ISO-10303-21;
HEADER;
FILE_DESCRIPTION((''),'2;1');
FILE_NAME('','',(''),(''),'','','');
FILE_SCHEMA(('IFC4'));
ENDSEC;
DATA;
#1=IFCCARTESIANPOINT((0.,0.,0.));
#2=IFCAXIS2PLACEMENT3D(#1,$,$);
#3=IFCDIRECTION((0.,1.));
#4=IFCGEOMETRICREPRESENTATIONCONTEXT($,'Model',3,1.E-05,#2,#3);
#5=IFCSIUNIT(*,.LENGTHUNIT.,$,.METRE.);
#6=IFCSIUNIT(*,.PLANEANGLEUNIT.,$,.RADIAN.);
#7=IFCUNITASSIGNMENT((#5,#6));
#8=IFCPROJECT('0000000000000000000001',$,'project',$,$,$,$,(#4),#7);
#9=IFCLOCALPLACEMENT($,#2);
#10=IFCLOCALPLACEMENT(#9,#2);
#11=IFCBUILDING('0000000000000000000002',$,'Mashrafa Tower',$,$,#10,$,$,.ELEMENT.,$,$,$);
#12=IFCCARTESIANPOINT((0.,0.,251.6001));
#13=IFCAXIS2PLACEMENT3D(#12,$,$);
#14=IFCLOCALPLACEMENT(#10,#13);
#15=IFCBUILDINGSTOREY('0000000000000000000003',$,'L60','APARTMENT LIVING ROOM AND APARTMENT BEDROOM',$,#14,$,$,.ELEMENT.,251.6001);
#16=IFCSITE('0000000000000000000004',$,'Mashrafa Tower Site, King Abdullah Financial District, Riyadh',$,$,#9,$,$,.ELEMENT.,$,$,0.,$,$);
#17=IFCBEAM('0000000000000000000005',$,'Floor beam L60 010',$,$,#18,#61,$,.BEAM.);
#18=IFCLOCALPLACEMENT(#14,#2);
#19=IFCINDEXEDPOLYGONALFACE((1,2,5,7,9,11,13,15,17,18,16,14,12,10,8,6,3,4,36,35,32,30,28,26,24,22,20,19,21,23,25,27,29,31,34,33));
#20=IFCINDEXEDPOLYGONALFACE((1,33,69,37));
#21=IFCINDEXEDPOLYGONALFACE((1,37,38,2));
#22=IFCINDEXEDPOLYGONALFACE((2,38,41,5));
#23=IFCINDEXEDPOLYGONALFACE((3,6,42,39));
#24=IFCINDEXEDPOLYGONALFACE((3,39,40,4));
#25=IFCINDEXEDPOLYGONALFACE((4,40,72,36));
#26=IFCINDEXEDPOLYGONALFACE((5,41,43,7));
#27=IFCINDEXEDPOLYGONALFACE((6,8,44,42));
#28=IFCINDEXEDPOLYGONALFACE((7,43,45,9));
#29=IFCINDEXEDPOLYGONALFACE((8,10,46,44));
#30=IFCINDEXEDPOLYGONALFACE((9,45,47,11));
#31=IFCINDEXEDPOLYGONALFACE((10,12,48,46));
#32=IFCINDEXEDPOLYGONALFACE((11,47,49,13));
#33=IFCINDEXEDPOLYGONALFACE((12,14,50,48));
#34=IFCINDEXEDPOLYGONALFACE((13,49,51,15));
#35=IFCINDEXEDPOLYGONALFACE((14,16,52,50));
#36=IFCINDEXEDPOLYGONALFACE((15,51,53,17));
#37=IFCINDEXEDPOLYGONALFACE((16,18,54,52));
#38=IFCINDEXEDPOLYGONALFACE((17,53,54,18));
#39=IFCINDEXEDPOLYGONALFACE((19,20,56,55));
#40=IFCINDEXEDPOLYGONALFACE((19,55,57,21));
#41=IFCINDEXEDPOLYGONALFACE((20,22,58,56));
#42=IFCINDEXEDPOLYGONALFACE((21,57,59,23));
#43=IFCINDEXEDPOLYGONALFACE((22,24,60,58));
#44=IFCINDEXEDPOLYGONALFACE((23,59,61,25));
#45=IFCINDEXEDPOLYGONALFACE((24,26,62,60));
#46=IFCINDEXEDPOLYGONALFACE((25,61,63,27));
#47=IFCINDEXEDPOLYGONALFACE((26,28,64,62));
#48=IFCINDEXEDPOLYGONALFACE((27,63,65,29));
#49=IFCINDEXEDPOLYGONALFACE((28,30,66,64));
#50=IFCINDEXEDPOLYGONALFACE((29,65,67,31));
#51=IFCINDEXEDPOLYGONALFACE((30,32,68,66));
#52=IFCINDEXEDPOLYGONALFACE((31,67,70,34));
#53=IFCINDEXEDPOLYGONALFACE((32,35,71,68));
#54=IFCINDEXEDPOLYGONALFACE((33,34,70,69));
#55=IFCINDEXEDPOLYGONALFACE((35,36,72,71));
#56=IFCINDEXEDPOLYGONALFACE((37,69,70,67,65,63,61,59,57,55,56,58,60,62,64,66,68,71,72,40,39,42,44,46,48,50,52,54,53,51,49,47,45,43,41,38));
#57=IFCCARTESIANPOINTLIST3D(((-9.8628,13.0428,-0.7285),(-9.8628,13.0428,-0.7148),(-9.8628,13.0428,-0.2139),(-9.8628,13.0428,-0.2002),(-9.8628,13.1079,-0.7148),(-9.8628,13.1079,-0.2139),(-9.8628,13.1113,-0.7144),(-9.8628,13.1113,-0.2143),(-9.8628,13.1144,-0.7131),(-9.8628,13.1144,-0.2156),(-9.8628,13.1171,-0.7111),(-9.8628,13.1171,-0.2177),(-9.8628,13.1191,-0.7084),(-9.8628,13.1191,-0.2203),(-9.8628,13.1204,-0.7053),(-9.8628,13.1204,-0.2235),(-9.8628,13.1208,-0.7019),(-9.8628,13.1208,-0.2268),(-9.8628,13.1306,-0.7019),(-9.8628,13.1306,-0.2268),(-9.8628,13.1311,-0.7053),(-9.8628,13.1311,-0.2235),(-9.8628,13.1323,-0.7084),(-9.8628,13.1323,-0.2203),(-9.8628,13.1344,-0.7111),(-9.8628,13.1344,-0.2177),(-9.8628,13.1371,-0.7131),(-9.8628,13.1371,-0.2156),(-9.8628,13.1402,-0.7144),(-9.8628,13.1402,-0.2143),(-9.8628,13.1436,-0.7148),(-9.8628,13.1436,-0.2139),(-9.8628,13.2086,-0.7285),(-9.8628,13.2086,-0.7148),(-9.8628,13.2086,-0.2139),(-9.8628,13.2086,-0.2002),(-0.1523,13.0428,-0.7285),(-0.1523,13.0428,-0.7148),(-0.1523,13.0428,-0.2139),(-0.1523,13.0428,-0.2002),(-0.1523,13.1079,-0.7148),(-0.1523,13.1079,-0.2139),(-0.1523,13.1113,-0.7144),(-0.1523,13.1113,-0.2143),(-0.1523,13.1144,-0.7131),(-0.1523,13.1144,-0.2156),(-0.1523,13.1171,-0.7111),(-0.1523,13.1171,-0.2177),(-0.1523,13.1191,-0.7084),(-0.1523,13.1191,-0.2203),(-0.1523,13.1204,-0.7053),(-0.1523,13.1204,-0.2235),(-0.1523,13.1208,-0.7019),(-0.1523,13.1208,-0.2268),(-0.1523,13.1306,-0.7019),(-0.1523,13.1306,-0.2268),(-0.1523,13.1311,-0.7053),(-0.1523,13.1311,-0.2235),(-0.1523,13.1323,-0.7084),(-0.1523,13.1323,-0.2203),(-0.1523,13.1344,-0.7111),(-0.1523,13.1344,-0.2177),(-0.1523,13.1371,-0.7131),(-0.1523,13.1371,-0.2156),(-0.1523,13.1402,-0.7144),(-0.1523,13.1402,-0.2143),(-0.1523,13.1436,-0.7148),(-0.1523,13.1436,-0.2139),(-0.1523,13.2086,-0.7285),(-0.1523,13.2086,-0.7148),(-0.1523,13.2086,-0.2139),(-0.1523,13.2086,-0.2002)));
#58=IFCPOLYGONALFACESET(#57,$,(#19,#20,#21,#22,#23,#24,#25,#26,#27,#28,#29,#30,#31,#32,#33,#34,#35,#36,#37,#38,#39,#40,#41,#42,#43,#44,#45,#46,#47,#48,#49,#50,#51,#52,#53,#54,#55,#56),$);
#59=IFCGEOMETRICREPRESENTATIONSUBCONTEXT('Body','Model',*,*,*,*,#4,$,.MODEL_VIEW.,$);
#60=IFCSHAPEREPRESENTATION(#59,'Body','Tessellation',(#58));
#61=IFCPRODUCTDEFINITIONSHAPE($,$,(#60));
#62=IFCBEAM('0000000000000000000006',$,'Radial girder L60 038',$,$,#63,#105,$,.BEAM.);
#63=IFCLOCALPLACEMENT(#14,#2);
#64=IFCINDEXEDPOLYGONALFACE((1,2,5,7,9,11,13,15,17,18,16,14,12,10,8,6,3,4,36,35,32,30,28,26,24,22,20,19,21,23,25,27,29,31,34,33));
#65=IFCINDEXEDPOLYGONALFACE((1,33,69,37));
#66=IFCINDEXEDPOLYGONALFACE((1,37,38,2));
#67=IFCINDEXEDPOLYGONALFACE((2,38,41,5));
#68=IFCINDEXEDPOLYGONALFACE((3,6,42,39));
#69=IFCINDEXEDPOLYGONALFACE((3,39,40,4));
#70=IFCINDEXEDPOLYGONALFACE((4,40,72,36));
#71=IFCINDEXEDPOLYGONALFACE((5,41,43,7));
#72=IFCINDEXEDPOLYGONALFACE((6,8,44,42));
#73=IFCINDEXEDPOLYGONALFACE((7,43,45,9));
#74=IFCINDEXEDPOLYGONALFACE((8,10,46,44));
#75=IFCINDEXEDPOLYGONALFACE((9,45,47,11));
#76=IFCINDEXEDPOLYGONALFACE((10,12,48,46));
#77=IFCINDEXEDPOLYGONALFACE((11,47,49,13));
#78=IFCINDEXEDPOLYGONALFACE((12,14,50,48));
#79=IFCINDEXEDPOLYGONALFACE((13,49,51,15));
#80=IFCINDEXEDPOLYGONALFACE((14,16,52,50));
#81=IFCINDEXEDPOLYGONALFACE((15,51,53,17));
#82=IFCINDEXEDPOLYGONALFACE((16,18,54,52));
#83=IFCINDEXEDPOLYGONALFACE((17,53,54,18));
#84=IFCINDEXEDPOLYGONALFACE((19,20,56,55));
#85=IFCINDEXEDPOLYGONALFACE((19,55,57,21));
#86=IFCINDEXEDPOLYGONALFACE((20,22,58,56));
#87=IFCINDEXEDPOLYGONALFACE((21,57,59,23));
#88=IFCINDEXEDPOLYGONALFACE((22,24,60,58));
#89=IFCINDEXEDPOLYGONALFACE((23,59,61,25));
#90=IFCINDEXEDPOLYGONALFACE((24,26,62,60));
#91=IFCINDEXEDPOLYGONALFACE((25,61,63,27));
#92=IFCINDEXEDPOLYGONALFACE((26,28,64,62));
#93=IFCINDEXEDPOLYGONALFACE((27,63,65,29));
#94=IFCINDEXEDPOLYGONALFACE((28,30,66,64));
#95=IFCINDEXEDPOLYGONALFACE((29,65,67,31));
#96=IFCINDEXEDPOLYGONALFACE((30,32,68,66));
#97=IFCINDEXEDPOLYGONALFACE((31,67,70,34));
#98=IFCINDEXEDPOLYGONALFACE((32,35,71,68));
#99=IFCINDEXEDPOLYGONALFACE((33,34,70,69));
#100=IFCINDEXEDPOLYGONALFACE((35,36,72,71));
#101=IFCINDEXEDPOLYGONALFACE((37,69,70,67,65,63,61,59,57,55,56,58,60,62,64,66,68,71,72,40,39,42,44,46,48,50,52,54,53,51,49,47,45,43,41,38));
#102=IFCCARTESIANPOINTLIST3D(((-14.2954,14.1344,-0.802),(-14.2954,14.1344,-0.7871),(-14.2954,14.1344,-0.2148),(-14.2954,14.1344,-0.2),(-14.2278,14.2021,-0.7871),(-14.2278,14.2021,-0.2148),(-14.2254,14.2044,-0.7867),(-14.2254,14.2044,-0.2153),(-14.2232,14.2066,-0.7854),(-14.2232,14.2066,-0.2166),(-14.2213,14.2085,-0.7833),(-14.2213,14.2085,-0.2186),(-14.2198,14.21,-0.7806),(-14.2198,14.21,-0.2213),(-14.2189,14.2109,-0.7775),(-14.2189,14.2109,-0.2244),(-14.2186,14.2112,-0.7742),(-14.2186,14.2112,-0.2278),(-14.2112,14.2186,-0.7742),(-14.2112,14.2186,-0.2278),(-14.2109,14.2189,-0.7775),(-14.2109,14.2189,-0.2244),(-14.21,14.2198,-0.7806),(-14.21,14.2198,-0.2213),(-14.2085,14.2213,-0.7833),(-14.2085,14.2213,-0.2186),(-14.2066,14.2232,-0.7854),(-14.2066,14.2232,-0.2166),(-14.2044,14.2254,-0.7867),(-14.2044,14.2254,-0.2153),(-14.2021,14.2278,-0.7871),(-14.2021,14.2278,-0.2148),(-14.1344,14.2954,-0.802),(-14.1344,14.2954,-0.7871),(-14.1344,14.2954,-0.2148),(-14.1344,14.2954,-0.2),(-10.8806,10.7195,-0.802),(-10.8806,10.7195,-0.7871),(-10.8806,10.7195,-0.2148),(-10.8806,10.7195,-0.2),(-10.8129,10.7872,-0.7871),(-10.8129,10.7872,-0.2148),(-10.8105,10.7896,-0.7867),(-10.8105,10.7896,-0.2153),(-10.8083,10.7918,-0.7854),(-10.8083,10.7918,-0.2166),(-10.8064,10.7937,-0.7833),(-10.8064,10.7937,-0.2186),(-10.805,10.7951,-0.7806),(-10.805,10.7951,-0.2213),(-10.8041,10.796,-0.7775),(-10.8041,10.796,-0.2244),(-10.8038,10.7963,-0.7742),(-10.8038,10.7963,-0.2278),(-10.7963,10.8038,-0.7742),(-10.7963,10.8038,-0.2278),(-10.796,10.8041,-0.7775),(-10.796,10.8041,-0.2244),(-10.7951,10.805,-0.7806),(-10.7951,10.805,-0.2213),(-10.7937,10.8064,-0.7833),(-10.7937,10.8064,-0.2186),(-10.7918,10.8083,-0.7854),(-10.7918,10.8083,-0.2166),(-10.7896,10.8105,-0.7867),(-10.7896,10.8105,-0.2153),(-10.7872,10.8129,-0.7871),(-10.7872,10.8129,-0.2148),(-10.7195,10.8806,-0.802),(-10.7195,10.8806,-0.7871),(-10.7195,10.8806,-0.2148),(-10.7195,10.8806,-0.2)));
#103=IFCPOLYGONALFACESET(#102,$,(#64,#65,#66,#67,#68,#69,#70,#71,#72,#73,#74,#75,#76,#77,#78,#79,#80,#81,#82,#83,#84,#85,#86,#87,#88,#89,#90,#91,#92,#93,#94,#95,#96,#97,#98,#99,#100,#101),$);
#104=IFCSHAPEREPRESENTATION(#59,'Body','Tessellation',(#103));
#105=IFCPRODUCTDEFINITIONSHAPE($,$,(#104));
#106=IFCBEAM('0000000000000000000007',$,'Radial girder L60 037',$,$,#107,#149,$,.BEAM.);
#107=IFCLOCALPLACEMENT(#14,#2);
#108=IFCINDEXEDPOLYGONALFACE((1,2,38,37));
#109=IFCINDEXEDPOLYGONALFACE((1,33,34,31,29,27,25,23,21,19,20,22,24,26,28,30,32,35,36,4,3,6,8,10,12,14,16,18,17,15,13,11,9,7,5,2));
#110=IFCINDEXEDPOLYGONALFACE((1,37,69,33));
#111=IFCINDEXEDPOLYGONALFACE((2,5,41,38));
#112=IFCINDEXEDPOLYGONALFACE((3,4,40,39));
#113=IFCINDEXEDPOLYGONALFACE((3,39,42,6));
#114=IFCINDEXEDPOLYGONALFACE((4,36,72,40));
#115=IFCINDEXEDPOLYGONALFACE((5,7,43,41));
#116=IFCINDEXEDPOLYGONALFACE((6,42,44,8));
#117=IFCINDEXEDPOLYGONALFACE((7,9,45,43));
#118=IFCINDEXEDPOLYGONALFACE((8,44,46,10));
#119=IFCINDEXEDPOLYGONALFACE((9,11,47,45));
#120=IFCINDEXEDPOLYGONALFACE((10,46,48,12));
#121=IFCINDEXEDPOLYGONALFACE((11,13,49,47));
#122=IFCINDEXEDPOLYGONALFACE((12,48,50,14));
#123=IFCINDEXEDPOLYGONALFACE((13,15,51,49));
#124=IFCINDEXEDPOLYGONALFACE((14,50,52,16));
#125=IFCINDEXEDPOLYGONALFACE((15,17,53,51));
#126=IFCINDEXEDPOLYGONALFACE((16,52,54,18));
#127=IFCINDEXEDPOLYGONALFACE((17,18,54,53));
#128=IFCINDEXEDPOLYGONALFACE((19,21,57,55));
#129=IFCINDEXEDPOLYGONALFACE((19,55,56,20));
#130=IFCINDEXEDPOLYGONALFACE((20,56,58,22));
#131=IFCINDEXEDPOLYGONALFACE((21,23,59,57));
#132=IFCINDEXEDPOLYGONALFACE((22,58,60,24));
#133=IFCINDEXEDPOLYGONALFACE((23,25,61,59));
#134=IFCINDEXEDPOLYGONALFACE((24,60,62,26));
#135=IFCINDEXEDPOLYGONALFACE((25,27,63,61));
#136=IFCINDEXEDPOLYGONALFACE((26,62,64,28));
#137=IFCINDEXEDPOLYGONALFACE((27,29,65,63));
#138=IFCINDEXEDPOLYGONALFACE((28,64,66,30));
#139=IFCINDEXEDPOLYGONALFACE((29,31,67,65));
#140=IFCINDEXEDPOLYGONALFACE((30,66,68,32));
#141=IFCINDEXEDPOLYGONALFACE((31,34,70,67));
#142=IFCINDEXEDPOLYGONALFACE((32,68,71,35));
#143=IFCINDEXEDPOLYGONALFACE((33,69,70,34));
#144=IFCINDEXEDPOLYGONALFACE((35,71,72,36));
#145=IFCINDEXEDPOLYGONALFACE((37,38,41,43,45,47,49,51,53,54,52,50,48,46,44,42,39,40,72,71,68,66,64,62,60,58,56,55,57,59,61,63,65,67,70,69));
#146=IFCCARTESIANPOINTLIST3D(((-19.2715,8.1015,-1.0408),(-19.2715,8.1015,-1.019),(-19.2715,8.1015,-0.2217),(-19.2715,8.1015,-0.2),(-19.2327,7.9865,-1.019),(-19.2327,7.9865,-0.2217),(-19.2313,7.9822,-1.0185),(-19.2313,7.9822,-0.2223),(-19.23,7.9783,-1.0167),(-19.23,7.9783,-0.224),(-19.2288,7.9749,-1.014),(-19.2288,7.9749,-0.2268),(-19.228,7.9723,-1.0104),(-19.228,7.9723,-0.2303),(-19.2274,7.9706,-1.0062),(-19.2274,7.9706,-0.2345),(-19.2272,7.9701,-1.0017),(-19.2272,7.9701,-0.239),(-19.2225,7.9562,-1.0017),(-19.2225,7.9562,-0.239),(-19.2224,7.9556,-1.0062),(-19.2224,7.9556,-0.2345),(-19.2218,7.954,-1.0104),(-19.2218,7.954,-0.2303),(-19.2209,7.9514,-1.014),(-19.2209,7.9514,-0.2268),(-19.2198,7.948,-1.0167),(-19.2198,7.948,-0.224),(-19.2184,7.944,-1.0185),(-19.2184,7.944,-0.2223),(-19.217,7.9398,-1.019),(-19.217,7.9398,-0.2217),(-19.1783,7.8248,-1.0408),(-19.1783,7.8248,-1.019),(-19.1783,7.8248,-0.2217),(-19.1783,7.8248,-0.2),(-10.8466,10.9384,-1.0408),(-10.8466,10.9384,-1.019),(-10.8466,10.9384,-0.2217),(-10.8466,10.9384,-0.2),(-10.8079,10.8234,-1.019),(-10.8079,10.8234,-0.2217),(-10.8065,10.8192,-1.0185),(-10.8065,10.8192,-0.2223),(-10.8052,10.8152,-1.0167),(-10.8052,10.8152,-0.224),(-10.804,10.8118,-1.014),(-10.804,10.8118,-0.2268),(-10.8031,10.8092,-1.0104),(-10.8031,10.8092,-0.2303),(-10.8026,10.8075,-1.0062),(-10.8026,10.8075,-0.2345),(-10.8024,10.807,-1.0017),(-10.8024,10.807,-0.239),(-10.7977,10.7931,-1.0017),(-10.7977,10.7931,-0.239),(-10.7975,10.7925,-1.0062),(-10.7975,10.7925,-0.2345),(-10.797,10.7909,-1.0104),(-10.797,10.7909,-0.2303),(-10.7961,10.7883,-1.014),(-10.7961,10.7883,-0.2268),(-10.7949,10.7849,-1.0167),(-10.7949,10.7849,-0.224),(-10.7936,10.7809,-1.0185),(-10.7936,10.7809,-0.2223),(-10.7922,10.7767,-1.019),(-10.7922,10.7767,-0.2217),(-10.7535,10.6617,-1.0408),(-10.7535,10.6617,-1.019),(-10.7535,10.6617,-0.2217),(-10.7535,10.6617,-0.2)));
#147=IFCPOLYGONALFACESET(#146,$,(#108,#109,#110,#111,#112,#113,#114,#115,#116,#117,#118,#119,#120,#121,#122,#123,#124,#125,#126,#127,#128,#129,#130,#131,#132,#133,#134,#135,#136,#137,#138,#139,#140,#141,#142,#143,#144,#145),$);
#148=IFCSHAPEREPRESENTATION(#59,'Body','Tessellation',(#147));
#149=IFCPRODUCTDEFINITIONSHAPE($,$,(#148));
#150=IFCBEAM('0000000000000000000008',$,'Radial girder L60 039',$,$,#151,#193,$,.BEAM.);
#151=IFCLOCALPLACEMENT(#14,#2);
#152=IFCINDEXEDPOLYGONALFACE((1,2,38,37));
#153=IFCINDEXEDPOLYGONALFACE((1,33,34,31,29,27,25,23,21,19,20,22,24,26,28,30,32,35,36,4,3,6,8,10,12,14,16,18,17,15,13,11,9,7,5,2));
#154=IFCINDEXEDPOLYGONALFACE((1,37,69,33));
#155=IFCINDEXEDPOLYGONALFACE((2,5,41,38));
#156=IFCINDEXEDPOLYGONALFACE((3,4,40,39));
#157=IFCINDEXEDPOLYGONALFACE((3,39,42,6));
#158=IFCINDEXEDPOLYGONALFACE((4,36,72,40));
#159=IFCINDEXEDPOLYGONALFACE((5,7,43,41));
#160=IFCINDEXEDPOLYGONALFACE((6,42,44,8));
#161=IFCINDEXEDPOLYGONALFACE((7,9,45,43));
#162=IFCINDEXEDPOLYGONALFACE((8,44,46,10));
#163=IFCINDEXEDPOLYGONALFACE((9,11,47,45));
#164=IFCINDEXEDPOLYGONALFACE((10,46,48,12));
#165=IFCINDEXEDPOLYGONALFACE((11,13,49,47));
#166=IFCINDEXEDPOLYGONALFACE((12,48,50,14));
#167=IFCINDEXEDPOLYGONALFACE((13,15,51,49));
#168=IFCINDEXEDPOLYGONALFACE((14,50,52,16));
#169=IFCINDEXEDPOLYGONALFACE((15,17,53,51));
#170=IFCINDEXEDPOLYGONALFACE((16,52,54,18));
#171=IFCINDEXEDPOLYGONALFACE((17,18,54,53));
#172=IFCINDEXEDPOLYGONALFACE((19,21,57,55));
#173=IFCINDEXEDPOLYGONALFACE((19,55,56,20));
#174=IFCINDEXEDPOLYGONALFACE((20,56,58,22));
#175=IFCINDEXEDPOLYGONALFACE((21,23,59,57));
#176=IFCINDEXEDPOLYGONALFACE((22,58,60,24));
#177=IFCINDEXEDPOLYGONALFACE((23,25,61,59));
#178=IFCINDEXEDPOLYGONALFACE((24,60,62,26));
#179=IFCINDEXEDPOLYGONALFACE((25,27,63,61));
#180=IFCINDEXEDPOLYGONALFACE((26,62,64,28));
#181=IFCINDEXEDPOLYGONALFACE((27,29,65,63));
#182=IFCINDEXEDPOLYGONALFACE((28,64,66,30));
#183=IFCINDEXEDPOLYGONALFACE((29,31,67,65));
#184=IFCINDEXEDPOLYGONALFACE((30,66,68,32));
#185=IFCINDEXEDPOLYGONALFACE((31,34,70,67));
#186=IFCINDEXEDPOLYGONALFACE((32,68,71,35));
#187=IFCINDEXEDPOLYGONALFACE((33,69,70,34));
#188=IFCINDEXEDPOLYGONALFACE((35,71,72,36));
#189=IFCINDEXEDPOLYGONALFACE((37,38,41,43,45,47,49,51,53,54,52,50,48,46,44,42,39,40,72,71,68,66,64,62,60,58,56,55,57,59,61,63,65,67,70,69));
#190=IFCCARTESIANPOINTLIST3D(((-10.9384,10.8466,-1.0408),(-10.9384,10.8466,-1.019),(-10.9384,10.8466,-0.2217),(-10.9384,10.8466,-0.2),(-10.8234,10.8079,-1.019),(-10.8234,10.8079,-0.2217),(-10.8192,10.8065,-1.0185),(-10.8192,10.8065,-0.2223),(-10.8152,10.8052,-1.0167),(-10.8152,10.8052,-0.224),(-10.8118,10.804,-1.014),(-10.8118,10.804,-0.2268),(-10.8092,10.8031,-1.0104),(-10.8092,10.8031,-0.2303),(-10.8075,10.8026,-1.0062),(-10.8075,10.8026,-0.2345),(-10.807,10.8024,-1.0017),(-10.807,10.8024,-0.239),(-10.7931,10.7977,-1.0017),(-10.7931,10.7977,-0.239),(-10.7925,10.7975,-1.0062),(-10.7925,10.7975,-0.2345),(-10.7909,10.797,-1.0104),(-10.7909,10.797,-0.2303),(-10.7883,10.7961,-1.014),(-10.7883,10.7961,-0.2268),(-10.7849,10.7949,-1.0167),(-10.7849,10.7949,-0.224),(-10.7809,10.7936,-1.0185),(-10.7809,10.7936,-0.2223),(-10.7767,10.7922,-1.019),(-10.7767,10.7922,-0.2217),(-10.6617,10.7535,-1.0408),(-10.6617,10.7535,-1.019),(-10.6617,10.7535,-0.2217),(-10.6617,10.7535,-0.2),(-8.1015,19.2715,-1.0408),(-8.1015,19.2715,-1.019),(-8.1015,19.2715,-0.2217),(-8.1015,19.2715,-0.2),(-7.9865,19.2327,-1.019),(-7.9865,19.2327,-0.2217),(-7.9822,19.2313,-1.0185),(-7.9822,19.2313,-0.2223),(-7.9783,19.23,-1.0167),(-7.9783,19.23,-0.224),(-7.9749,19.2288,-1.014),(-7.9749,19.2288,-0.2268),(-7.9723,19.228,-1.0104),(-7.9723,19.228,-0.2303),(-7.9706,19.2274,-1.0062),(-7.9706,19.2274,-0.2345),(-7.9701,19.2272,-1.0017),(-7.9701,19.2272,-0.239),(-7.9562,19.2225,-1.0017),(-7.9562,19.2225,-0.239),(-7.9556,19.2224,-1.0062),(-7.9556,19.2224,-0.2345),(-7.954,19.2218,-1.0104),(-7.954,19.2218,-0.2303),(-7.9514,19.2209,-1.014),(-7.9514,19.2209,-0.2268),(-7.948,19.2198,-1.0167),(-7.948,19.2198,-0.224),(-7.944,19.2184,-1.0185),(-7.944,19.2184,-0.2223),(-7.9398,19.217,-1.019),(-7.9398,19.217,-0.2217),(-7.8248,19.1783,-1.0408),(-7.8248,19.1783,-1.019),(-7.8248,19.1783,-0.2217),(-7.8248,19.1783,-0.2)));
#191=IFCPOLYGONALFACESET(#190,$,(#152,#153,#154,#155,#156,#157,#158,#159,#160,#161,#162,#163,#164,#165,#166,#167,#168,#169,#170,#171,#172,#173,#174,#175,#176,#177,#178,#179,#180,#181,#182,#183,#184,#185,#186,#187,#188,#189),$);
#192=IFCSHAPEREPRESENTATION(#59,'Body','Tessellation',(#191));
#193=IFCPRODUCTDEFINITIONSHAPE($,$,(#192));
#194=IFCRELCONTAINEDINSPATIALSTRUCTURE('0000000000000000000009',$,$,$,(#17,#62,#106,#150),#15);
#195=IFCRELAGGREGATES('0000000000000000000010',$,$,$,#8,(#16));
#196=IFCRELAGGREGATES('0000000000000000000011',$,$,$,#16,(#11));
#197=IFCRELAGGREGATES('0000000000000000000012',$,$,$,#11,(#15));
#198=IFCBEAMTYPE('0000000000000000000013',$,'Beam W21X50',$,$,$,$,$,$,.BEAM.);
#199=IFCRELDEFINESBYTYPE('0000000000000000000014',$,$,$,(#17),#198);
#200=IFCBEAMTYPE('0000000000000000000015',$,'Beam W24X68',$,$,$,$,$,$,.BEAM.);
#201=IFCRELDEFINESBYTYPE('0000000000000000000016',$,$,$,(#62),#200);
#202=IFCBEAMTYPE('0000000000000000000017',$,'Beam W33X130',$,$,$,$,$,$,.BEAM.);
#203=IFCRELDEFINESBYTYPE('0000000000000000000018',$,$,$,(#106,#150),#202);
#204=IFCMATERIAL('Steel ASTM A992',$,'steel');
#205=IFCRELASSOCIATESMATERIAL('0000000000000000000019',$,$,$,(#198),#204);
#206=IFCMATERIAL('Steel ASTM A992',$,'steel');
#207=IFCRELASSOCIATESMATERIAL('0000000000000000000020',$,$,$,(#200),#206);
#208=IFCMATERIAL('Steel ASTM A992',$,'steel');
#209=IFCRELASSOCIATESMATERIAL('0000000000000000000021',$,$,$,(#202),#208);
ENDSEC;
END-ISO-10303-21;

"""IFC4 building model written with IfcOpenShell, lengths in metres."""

from ifc_helpers import new_model, si_unit, direction, frame, origin, origin_2d, place, context, subcontext, project, spatial, i_section, extrude, material, material_profile, profile_set, type_object, element, save


model = new_model("IFC4")

# Units and contexts
model_context = context("Model", 3, precision=1e-05, world=origin(), true_north=direction((0.0, 1.0)))
body_context = subcontext(model_context, "Body", "Model", "MODEL_VIEW")
ifc_project = project(units=[si_unit("LENGTHUNIT", "METRE"), si_unit("PLANEANGLEUNIT", "RADIAN")], contexts=[model_context])

# Site, building, storey
site_placement = place(None, origin())
site = spatial("IfcSite", under=ifc_project, at=site_placement, Name="Mashrafa Tower Site, King Abdullah Financial District, Riyadh", CompositionType="ELEMENT", RefElevation=0.0)
building_placement = place(site_placement, origin())
building = spatial("IfcBuilding", under=site, at=building_placement, Name="Mashrafa Tower", CompositionType="ELEMENT")
storey_placement = place(building_placement, frame((0.0, 0.0, 251.6001)))
storey = spatial("IfcBuildingStorey", under=building, at=storey_placement, Name="L60", Description="APARTMENT LIVING ROOM AND APARTMENT BEDROOM", CompositionType="ELEMENT", Elevation=251.6001)

# Beams
ifc_material_1 = material(Name="Steel ASTM A992", Category="steel")
ifc_material_profile_1 = material_profile(ifc_material_1, i_section(OverallWidth=0.1658, OverallDepth=0.5283, WebThickness=0.0098, FlangeThickness=0.0137, FilletRadius=0.0129, at=origin_2d()), Name="W21X50")
ifc_profile_set_1 = profile_set([ifc_material_profile_1], Name="Steel ASTM A992")
beam_type_1 = type_object("IfcBeamType", Name="Beam W21X50", PredefinedType="BEAM", material=ifc_profile_set_1)
beam_1_placement = place(storey_placement, frame((-9.8628, 13.1257, -0.4644), z_axis=(1.0, 0.0, 0.0), x_axis=(0.0, 1.0, 0.0)))
element("IfcBeam", 1, at=beam_1_placement, inside=storey, type_object=beam_type_1, Name="Floor beam L60 010", PredefinedType="BEAM", context=body_context, shape_type="SweptSolid", body=[
    extrude(i_section(OverallWidth=0.1658, OverallDepth=0.5283, WebThickness=0.0098, FlangeThickness=0.0137, FilletRadius=0.0129, at=origin_2d()), origin(), (0.0, 0.0, 1.0), 9.7104),
])
ifc_material_2 = material(Name="Steel ASTM A992", Category="steel")
ifc_material_profile_2 = material_profile(ifc_material_2, i_section(OverallWidth=0.2278, OverallDepth=0.6021, WebThickness=0.0105, FlangeThickness=0.0149, FilletRadius=0.0129, at=origin_2d()), Name="W24X68")
ifc_profile_set_2 = profile_set([ifc_material_profile_2], Name="Steel ASTM A992")
beam_type_2 = type_object("IfcBeamType", Name="Beam W24X68", PredefinedType="BEAM", material=ifc_profile_set_2)
beam_2_placement = place(storey_placement, frame((-10.8, 10.8, -0.501), z_axis=(-0.707107, 0.707107, 0.0), x_axis=(-0.707107, -0.707107, 0.0)))
element("IfcBeam", 2, at=beam_2_placement, inside=storey, type_object=beam_type_2, Name="Radial girder L60 038", PredefinedType="BEAM", context=body_context, shape_type="SweptSolid", body=[
    extrude(i_section(OverallWidth=0.2278, OverallDepth=0.6021, WebThickness=0.0105, FlangeThickness=0.0149, FilletRadius=0.0129, at=origin_2d()), origin(), (0.0, 0.0, 1.0), 4.8293),
])
ifc_material_3 = material(Name="Steel ASTM A992", Category="steel")
ifc_material_profile_3 = material_profile(ifc_material_3, i_section(OverallWidth=0.292, OverallDepth=0.8408, WebThickness=0.0146, FlangeThickness=0.0217, FilletRadius=0.0173, at=origin_2d()), Name="W33X130")
ifc_profile_set_3 = profile_set([ifc_material_profile_3], Name="Steel ASTM A992")
beam_type_3 = type_object("IfcBeamType", Name="Beam W33X130", PredefinedType="BEAM", material=ifc_profile_set_3)
for number, where, z_axis, x_axis, name in (
    (3, (-10.8, 10.8, -0.6204), (-0.947712, -0.319126, 0.0), (0.319126, -0.947712, 0.0), "Radial girder L60 037"),
    (4, (-10.8, 10.8, -0.6204), (0.319126, 0.947712, 0.0), (-0.947712, 0.319126, 0.0), "Radial girder L60 039"),
):
    element("IfcBeam", number, at=place(storey_placement, frame(where, z_axis=z_axis, x_axis=x_axis)), inside=storey, type_object=beam_type_3, Name=name, PredefinedType="BEAM", context=body_context, shape_type="SweptSolid", body=[
        extrude(i_section(OverallWidth=0.292, OverallDepth=0.8408, WebThickness=0.0146, FlangeThickness=0.0217, FilletRadius=0.0173, at=origin_2d()), origin(), (0.0, 0.0, 1.0), 8.8896),
    ])

save(model, "model.ifc")
